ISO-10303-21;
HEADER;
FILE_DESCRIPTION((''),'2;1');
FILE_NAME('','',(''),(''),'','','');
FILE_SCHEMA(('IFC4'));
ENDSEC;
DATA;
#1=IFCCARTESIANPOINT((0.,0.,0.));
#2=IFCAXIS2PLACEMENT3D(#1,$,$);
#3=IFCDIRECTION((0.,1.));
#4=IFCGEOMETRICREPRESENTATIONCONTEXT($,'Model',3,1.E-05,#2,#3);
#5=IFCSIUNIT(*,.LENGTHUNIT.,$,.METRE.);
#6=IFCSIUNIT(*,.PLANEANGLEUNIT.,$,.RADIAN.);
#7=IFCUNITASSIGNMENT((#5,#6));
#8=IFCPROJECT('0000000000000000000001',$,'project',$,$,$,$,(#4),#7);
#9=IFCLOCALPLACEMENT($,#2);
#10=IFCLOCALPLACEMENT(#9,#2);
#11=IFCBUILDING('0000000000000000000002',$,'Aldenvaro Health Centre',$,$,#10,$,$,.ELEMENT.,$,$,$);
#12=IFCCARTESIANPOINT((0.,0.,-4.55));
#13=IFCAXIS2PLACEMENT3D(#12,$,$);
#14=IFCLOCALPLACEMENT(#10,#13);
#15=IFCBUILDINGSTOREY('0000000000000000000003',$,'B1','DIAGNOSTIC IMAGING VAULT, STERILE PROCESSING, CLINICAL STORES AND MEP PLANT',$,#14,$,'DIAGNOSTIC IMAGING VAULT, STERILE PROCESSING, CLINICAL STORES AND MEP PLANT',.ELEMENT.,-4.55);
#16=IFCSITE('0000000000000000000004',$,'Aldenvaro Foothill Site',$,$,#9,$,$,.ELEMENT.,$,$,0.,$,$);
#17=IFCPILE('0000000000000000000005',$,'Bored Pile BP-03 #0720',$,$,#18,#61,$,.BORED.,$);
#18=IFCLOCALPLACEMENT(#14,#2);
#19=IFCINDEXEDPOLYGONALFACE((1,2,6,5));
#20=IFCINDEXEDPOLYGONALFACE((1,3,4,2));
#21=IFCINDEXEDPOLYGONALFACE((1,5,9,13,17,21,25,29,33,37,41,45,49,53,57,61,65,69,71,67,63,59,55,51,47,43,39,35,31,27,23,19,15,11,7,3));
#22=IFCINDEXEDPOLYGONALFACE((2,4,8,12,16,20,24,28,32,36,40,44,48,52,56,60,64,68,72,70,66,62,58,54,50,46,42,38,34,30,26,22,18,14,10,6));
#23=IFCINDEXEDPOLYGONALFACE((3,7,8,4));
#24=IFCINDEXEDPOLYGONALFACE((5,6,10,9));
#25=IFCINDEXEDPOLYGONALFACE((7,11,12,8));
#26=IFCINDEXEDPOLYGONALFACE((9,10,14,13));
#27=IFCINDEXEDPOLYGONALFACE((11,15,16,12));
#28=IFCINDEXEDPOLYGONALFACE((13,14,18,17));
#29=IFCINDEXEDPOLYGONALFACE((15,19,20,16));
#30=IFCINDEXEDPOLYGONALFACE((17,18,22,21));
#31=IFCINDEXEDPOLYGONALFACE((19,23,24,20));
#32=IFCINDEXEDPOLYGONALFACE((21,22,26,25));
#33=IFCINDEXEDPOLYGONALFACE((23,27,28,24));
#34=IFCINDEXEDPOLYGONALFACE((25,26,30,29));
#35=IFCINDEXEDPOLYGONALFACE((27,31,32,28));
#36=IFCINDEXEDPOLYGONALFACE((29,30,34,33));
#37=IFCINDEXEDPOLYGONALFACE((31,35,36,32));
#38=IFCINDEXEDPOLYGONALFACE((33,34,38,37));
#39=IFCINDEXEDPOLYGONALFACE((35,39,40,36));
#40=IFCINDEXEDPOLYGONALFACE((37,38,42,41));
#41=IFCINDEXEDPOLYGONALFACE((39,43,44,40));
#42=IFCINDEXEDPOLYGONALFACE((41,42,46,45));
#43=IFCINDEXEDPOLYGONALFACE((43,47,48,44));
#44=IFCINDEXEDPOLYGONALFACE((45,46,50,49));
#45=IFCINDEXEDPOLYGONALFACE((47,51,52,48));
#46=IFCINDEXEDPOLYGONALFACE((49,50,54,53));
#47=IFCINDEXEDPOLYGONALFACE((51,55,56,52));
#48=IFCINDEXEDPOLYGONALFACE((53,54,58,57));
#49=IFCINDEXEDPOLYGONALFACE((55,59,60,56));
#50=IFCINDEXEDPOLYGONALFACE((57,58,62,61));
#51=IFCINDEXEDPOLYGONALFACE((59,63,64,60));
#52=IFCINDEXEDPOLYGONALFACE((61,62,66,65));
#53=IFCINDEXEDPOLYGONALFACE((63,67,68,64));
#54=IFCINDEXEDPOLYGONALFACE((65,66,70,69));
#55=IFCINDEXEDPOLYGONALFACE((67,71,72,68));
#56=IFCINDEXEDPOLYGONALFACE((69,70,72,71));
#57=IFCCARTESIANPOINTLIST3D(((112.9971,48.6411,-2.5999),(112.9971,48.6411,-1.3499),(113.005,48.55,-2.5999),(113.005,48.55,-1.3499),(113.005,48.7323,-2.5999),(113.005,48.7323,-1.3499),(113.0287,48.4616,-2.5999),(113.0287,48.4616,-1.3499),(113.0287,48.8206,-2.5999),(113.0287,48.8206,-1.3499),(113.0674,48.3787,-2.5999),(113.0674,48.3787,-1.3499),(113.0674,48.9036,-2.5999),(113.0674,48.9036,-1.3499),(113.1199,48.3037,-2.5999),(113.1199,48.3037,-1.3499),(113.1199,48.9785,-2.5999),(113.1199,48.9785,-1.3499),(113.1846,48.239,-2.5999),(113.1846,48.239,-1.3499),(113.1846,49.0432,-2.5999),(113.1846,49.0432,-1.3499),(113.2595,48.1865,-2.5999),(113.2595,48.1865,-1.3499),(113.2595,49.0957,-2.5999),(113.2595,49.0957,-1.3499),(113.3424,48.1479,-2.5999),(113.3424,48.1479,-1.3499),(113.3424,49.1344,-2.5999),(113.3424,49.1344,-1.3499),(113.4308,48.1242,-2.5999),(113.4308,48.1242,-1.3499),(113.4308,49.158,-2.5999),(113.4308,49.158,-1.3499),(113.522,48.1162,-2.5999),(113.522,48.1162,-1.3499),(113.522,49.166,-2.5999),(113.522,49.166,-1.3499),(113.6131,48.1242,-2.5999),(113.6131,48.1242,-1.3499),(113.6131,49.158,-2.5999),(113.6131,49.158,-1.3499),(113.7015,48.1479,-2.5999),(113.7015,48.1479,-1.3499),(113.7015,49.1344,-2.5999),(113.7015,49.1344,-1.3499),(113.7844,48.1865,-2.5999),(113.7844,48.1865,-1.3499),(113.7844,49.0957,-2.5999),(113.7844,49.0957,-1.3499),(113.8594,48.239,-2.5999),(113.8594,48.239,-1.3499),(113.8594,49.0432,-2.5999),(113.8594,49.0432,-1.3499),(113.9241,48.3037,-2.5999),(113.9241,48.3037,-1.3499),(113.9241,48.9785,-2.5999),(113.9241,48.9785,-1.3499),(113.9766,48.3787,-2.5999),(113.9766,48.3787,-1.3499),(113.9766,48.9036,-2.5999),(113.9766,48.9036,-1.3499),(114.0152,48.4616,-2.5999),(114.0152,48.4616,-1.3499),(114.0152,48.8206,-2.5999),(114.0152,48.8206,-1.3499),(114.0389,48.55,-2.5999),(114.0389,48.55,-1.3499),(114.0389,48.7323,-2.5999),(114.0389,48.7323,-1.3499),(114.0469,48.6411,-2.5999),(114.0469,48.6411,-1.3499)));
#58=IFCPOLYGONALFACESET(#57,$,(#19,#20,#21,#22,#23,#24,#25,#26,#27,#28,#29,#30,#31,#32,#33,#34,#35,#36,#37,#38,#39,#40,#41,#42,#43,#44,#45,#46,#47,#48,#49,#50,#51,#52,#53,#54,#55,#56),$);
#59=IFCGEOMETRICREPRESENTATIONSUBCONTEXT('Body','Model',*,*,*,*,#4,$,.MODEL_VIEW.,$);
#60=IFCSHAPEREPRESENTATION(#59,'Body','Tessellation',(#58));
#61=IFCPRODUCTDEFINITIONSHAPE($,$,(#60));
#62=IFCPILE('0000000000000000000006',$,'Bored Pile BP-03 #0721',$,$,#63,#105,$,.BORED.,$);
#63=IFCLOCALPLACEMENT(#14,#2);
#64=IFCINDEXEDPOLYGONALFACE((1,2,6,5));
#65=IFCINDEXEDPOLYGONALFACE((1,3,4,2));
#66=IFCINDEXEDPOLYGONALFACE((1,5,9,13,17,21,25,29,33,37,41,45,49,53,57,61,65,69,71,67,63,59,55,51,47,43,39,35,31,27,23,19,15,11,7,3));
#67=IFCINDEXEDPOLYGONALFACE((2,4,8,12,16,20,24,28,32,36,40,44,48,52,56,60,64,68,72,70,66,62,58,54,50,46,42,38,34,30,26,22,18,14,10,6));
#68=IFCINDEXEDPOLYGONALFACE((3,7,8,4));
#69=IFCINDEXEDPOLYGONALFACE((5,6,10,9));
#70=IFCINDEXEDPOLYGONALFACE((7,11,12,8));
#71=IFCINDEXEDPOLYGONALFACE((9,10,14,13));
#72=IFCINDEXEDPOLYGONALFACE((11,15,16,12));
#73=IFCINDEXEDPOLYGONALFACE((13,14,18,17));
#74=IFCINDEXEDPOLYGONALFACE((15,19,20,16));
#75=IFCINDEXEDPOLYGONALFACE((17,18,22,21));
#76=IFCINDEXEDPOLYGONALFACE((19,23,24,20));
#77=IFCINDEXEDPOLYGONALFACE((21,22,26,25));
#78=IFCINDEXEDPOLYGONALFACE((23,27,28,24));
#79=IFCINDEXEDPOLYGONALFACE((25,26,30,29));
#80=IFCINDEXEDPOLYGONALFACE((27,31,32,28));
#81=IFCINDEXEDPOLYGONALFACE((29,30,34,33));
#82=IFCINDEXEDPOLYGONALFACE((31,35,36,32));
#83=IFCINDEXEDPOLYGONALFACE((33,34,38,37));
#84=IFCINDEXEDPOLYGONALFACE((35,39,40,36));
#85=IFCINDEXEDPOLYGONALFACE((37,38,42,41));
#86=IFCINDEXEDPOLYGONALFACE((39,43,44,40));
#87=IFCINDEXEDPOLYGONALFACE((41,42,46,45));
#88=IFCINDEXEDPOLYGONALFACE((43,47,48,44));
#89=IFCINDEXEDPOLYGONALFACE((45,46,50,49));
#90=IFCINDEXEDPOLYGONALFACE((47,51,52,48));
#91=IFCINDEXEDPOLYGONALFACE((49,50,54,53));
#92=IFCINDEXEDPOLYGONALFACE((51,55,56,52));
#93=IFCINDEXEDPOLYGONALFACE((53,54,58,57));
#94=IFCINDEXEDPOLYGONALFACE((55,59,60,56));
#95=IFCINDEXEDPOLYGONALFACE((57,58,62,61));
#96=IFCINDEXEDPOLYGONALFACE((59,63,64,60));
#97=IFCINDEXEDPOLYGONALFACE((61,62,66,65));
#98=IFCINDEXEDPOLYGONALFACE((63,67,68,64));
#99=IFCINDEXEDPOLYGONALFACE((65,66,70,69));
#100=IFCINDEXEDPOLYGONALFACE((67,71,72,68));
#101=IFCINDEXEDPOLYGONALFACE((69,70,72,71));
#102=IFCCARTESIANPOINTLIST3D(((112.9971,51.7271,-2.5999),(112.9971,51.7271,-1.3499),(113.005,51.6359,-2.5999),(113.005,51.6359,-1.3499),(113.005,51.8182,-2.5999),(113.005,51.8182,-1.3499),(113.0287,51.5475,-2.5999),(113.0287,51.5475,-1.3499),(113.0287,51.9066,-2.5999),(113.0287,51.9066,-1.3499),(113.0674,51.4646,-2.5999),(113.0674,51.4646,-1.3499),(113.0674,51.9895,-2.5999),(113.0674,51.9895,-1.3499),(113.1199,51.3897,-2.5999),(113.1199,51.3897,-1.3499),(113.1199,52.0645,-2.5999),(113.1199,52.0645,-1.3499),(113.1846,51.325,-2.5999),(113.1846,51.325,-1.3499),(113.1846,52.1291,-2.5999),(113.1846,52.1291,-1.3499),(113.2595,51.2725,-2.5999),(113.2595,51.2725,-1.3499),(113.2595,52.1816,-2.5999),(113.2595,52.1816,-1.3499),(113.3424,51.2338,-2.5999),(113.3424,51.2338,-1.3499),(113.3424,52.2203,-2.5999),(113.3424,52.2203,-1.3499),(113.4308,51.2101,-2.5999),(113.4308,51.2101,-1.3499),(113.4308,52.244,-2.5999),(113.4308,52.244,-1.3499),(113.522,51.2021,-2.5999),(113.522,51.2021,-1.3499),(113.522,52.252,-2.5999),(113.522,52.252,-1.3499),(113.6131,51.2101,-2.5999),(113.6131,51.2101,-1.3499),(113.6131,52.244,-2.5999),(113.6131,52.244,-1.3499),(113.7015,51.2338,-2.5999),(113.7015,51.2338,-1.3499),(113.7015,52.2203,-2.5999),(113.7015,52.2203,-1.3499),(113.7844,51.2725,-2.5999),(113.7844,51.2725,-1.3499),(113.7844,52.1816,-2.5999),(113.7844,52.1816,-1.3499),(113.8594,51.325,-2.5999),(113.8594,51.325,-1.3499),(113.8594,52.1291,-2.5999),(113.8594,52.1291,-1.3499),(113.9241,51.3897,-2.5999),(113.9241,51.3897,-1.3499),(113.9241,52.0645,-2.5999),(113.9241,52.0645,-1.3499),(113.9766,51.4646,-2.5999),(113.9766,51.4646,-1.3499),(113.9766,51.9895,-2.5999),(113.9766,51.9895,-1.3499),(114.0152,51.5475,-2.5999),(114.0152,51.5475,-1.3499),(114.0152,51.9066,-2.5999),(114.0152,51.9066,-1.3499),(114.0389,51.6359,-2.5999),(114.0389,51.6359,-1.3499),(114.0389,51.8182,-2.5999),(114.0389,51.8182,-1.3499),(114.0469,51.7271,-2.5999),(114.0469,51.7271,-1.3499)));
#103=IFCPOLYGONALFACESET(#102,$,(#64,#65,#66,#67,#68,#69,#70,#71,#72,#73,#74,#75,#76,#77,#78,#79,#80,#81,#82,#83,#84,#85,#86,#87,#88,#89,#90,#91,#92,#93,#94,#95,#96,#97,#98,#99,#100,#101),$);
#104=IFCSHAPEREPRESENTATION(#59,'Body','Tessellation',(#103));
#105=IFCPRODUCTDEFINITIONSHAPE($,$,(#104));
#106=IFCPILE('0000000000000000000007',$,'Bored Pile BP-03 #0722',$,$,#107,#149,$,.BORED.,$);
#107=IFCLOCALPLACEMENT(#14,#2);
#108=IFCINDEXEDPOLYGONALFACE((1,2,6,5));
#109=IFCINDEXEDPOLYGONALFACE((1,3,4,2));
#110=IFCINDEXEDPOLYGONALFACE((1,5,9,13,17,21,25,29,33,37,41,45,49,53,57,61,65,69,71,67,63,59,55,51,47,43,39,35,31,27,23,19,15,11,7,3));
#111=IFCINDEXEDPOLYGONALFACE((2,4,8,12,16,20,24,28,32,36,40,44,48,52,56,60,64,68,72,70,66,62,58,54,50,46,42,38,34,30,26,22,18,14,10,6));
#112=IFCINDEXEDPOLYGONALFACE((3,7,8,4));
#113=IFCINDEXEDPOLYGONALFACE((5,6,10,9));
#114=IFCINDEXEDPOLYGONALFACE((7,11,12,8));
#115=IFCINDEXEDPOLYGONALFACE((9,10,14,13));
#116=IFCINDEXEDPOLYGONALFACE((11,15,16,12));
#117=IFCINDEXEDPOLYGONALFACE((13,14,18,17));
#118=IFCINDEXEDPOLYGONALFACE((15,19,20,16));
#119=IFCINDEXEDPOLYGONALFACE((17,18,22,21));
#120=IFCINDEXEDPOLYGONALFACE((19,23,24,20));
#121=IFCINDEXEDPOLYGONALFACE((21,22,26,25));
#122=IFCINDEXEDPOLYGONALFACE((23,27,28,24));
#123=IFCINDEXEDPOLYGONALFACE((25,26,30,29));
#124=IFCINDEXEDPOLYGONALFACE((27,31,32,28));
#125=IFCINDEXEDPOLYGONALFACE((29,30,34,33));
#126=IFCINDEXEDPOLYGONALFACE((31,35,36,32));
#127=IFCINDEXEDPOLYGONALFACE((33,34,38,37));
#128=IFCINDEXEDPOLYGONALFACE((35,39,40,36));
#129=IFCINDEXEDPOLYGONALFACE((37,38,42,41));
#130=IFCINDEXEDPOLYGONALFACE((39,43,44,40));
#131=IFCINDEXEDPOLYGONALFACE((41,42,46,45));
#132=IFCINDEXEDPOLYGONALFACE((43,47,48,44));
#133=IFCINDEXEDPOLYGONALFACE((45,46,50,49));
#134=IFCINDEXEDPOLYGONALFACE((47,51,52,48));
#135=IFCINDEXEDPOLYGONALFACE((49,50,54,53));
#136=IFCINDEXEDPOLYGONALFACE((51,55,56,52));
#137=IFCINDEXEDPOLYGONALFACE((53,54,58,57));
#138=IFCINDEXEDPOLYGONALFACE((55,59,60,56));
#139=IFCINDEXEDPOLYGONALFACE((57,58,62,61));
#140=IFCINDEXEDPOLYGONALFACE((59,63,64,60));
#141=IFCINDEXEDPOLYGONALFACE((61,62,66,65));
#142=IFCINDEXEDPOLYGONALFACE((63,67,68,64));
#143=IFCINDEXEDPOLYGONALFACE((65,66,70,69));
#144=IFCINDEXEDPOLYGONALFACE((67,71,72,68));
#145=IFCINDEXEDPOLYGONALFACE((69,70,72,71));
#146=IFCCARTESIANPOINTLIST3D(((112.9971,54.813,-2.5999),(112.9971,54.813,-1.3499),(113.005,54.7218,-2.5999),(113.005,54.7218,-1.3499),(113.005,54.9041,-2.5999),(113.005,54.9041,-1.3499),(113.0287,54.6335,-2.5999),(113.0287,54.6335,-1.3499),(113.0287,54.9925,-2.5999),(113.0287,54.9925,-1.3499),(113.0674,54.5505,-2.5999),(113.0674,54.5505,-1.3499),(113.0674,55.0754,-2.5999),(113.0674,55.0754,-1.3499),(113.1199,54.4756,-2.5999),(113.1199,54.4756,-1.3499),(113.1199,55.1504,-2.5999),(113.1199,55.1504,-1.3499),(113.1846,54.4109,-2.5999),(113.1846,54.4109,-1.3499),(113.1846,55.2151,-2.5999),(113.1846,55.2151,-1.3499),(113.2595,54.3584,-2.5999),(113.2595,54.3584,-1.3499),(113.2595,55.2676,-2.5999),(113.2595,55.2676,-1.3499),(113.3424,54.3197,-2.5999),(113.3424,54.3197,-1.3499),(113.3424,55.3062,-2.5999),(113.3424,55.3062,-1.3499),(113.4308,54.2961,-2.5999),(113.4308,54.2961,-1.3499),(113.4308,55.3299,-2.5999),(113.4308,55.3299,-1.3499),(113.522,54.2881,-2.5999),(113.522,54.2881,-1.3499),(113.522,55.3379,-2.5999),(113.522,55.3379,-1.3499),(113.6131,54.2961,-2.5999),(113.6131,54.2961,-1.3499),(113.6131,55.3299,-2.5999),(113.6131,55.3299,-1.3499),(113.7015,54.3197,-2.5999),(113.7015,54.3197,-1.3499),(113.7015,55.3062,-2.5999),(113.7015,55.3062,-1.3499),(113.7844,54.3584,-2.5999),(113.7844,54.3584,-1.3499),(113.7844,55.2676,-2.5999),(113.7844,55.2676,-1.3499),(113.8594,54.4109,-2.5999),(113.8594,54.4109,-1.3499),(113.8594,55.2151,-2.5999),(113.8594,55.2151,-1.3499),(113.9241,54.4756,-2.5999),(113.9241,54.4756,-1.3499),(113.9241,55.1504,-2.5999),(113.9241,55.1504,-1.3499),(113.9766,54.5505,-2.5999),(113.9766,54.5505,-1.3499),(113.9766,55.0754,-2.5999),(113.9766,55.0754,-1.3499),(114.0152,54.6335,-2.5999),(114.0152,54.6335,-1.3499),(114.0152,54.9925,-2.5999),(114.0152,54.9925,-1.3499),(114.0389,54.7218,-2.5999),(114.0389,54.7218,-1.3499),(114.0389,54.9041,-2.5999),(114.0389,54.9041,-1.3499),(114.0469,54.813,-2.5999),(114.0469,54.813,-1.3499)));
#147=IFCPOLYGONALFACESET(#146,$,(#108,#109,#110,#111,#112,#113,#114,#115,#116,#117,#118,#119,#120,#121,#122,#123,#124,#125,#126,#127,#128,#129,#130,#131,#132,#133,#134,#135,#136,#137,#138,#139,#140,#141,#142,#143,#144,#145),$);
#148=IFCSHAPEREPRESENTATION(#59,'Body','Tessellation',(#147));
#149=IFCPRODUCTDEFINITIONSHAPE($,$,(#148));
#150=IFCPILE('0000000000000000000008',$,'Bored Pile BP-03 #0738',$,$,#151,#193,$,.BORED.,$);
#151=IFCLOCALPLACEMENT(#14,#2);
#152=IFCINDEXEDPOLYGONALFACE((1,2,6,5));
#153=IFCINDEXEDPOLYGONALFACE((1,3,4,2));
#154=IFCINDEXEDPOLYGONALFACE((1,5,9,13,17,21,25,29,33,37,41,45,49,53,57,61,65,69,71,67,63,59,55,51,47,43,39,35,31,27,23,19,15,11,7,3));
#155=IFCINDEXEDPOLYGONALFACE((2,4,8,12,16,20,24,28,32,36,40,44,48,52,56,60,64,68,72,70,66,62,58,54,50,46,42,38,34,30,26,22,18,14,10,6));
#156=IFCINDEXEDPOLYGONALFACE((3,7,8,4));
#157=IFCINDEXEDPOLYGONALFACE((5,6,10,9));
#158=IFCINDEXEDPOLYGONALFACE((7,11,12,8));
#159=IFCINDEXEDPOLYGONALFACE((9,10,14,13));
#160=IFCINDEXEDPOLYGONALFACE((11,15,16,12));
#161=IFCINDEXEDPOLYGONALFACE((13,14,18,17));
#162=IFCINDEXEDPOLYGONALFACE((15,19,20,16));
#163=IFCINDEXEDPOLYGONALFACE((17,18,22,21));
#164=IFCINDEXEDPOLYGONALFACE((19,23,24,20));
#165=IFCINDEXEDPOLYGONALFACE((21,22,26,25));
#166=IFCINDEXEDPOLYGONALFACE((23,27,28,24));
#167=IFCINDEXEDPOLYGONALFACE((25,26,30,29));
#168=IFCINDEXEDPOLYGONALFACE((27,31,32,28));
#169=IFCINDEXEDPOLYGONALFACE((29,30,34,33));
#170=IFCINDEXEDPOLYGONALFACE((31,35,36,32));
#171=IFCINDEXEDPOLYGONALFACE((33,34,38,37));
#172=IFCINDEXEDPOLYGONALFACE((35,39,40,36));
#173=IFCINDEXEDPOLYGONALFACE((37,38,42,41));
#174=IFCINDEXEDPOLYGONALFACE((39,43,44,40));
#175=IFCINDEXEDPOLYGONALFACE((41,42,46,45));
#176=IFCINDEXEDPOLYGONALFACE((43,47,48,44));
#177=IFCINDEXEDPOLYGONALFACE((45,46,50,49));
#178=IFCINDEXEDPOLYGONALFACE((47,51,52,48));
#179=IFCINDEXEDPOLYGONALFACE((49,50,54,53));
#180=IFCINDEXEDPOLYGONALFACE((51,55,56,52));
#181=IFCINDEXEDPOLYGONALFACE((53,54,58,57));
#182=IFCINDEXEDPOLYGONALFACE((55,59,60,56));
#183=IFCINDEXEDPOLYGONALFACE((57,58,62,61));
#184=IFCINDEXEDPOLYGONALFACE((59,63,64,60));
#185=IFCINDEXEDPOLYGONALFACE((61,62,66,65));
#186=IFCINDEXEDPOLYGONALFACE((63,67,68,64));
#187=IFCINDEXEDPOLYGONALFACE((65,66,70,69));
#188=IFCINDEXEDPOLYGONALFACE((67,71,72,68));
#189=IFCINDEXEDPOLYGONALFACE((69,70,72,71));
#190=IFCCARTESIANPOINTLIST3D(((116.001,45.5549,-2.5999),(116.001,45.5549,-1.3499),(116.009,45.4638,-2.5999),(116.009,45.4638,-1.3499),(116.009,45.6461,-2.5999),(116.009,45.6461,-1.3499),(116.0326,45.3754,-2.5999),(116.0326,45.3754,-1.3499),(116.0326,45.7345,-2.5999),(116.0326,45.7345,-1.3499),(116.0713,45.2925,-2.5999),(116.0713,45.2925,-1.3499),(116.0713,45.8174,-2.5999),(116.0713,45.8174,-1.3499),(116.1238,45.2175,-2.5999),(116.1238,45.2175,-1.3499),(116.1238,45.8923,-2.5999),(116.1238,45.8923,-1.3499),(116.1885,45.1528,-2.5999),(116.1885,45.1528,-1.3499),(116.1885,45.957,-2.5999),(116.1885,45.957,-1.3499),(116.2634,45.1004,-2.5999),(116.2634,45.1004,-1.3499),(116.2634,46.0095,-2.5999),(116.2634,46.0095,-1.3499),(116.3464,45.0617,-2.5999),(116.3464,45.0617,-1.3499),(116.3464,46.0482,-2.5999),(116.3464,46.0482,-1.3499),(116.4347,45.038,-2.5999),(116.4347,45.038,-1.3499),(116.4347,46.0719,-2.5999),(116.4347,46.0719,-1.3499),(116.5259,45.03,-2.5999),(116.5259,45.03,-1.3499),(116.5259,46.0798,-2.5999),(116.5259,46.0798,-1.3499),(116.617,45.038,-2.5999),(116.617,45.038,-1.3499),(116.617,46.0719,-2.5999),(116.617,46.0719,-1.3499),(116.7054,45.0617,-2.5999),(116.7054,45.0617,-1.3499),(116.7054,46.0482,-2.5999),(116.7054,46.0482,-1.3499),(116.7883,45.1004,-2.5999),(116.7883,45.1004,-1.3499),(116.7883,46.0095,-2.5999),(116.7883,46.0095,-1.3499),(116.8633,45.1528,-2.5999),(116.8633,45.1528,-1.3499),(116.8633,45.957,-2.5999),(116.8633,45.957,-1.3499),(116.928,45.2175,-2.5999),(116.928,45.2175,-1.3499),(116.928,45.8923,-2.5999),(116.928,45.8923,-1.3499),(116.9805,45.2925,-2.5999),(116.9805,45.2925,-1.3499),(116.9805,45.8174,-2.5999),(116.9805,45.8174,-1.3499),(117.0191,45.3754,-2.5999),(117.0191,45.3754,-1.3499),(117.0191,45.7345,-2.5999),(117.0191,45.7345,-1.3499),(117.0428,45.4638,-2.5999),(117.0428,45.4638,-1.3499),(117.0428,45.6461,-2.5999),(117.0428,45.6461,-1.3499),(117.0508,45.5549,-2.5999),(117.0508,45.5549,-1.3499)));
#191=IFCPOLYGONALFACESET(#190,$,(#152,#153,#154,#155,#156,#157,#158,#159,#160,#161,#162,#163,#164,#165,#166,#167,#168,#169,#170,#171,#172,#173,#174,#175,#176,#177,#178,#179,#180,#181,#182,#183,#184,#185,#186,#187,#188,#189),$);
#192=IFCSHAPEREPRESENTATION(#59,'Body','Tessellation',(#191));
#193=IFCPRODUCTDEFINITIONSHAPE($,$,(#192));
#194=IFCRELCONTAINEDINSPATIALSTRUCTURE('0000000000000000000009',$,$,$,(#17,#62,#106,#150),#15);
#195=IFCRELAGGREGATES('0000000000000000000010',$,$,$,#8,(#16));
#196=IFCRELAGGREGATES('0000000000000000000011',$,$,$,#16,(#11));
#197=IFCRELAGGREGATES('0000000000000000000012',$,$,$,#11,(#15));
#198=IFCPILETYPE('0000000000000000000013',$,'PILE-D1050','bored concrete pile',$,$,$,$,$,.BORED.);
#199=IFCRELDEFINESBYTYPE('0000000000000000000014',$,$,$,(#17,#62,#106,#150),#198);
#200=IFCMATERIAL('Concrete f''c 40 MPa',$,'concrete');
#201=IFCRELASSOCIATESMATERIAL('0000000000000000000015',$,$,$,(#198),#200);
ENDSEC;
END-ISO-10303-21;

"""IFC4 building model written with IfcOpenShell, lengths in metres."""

from ifc_helpers import new_model, si_unit, direction, frame, origin, origin_2d, place, context, subcontext, project, spatial, circle, extrude, material, material_profile, profile_set, type_object, element, save


model = new_model("IFC4")

# Units and contexts
model_context = context("Model", 3, precision=1e-05, world=origin(), true_north=direction((0.0, 1.0)))
body_context = subcontext(model_context, "Body", "Model", "MODEL_VIEW")
ifc_project = project(units=[si_unit("LENGTHUNIT", "METRE"), si_unit("PLANEANGLEUNIT", "RADIAN")], contexts=[model_context])

# Site, building, storey
site_placement = place(None, origin())
site = spatial("IfcSite", under=ifc_project, at=site_placement, Name="Aldenvaro Foothill Site", CompositionType="ELEMENT", RefElevation=0.0)
building_placement = place(site_placement, origin())
building = spatial("IfcBuilding", under=site, at=building_placement, Name="Aldenvaro Health Centre", CompositionType="ELEMENT")
storey_placement = place(building_placement, frame((0.0, 0.0, -4.55)))
storey = spatial("IfcBuildingStorey", under=building, at=storey_placement, Name="B1", Description="DIAGNOSTIC IMAGING VAULT, STERILE PROCESSING, CLINICAL STORES AND MEP PLANT", LongName="DIAGNOSTIC IMAGING VAULT, STERILE PROCESSING, CLINICAL STORES AND MEP PLANT", CompositionType="ELEMENT", Elevation=-4.55)

# Piles
ifc_material = material(Name="Concrete f'c 40 MPa", Category="concrete")
ifc_material_profile = material_profile(ifc_material, circle(Radius=0.5249, at=origin_2d()), Name="PILE D1050", Category="concrete")
ifc_profile_set = profile_set([ifc_material_profile], Name="Concrete f'c 40 MPa")
pile_type = type_object("IfcPileType", Name="PILE-D1050", Description="bored concrete pile", PredefinedType="BORED", material=ifc_profile_set)
for number, where, z_axis, x_axis, name in (
    (1, (113.522, 48.6411, -1.3499), (0.0, 0.0, -1.0), (1.0, 0.0, 0.0), "Bored Pile BP-03 #0720"),
    (2, (113.522, 51.7271, -1.3499), (0.0, 0.0, -1.0), (1.0, 0.0, 0.0), "Bored Pile BP-03 #0721"),
    (3, (113.522, 54.813, -1.3499), (0.0, 0.0, -1.0), (1.0, 0.0, 0.0), "Bored Pile BP-03 #0722"),
    (4, (116.5259, 45.5549, -1.3499), (0.0, 0.0, -1.0), (1.0, 0.0, 0.0), "Bored Pile BP-03 #0738"),
):
    element("IfcPile", number, at=place(storey_placement, frame(where, z_axis=z_axis, x_axis=x_axis)), inside=storey, type_object=pile_type, Name=name, PredefinedType="BORED", context=body_context, shape_type="SweptSolid", body=[
        extrude(circle(Radius=0.5249, at=origin_2d()), origin(), (0.0, 0.0, 1.0), 1.25),
    ])

save(model, "model.ifc")
